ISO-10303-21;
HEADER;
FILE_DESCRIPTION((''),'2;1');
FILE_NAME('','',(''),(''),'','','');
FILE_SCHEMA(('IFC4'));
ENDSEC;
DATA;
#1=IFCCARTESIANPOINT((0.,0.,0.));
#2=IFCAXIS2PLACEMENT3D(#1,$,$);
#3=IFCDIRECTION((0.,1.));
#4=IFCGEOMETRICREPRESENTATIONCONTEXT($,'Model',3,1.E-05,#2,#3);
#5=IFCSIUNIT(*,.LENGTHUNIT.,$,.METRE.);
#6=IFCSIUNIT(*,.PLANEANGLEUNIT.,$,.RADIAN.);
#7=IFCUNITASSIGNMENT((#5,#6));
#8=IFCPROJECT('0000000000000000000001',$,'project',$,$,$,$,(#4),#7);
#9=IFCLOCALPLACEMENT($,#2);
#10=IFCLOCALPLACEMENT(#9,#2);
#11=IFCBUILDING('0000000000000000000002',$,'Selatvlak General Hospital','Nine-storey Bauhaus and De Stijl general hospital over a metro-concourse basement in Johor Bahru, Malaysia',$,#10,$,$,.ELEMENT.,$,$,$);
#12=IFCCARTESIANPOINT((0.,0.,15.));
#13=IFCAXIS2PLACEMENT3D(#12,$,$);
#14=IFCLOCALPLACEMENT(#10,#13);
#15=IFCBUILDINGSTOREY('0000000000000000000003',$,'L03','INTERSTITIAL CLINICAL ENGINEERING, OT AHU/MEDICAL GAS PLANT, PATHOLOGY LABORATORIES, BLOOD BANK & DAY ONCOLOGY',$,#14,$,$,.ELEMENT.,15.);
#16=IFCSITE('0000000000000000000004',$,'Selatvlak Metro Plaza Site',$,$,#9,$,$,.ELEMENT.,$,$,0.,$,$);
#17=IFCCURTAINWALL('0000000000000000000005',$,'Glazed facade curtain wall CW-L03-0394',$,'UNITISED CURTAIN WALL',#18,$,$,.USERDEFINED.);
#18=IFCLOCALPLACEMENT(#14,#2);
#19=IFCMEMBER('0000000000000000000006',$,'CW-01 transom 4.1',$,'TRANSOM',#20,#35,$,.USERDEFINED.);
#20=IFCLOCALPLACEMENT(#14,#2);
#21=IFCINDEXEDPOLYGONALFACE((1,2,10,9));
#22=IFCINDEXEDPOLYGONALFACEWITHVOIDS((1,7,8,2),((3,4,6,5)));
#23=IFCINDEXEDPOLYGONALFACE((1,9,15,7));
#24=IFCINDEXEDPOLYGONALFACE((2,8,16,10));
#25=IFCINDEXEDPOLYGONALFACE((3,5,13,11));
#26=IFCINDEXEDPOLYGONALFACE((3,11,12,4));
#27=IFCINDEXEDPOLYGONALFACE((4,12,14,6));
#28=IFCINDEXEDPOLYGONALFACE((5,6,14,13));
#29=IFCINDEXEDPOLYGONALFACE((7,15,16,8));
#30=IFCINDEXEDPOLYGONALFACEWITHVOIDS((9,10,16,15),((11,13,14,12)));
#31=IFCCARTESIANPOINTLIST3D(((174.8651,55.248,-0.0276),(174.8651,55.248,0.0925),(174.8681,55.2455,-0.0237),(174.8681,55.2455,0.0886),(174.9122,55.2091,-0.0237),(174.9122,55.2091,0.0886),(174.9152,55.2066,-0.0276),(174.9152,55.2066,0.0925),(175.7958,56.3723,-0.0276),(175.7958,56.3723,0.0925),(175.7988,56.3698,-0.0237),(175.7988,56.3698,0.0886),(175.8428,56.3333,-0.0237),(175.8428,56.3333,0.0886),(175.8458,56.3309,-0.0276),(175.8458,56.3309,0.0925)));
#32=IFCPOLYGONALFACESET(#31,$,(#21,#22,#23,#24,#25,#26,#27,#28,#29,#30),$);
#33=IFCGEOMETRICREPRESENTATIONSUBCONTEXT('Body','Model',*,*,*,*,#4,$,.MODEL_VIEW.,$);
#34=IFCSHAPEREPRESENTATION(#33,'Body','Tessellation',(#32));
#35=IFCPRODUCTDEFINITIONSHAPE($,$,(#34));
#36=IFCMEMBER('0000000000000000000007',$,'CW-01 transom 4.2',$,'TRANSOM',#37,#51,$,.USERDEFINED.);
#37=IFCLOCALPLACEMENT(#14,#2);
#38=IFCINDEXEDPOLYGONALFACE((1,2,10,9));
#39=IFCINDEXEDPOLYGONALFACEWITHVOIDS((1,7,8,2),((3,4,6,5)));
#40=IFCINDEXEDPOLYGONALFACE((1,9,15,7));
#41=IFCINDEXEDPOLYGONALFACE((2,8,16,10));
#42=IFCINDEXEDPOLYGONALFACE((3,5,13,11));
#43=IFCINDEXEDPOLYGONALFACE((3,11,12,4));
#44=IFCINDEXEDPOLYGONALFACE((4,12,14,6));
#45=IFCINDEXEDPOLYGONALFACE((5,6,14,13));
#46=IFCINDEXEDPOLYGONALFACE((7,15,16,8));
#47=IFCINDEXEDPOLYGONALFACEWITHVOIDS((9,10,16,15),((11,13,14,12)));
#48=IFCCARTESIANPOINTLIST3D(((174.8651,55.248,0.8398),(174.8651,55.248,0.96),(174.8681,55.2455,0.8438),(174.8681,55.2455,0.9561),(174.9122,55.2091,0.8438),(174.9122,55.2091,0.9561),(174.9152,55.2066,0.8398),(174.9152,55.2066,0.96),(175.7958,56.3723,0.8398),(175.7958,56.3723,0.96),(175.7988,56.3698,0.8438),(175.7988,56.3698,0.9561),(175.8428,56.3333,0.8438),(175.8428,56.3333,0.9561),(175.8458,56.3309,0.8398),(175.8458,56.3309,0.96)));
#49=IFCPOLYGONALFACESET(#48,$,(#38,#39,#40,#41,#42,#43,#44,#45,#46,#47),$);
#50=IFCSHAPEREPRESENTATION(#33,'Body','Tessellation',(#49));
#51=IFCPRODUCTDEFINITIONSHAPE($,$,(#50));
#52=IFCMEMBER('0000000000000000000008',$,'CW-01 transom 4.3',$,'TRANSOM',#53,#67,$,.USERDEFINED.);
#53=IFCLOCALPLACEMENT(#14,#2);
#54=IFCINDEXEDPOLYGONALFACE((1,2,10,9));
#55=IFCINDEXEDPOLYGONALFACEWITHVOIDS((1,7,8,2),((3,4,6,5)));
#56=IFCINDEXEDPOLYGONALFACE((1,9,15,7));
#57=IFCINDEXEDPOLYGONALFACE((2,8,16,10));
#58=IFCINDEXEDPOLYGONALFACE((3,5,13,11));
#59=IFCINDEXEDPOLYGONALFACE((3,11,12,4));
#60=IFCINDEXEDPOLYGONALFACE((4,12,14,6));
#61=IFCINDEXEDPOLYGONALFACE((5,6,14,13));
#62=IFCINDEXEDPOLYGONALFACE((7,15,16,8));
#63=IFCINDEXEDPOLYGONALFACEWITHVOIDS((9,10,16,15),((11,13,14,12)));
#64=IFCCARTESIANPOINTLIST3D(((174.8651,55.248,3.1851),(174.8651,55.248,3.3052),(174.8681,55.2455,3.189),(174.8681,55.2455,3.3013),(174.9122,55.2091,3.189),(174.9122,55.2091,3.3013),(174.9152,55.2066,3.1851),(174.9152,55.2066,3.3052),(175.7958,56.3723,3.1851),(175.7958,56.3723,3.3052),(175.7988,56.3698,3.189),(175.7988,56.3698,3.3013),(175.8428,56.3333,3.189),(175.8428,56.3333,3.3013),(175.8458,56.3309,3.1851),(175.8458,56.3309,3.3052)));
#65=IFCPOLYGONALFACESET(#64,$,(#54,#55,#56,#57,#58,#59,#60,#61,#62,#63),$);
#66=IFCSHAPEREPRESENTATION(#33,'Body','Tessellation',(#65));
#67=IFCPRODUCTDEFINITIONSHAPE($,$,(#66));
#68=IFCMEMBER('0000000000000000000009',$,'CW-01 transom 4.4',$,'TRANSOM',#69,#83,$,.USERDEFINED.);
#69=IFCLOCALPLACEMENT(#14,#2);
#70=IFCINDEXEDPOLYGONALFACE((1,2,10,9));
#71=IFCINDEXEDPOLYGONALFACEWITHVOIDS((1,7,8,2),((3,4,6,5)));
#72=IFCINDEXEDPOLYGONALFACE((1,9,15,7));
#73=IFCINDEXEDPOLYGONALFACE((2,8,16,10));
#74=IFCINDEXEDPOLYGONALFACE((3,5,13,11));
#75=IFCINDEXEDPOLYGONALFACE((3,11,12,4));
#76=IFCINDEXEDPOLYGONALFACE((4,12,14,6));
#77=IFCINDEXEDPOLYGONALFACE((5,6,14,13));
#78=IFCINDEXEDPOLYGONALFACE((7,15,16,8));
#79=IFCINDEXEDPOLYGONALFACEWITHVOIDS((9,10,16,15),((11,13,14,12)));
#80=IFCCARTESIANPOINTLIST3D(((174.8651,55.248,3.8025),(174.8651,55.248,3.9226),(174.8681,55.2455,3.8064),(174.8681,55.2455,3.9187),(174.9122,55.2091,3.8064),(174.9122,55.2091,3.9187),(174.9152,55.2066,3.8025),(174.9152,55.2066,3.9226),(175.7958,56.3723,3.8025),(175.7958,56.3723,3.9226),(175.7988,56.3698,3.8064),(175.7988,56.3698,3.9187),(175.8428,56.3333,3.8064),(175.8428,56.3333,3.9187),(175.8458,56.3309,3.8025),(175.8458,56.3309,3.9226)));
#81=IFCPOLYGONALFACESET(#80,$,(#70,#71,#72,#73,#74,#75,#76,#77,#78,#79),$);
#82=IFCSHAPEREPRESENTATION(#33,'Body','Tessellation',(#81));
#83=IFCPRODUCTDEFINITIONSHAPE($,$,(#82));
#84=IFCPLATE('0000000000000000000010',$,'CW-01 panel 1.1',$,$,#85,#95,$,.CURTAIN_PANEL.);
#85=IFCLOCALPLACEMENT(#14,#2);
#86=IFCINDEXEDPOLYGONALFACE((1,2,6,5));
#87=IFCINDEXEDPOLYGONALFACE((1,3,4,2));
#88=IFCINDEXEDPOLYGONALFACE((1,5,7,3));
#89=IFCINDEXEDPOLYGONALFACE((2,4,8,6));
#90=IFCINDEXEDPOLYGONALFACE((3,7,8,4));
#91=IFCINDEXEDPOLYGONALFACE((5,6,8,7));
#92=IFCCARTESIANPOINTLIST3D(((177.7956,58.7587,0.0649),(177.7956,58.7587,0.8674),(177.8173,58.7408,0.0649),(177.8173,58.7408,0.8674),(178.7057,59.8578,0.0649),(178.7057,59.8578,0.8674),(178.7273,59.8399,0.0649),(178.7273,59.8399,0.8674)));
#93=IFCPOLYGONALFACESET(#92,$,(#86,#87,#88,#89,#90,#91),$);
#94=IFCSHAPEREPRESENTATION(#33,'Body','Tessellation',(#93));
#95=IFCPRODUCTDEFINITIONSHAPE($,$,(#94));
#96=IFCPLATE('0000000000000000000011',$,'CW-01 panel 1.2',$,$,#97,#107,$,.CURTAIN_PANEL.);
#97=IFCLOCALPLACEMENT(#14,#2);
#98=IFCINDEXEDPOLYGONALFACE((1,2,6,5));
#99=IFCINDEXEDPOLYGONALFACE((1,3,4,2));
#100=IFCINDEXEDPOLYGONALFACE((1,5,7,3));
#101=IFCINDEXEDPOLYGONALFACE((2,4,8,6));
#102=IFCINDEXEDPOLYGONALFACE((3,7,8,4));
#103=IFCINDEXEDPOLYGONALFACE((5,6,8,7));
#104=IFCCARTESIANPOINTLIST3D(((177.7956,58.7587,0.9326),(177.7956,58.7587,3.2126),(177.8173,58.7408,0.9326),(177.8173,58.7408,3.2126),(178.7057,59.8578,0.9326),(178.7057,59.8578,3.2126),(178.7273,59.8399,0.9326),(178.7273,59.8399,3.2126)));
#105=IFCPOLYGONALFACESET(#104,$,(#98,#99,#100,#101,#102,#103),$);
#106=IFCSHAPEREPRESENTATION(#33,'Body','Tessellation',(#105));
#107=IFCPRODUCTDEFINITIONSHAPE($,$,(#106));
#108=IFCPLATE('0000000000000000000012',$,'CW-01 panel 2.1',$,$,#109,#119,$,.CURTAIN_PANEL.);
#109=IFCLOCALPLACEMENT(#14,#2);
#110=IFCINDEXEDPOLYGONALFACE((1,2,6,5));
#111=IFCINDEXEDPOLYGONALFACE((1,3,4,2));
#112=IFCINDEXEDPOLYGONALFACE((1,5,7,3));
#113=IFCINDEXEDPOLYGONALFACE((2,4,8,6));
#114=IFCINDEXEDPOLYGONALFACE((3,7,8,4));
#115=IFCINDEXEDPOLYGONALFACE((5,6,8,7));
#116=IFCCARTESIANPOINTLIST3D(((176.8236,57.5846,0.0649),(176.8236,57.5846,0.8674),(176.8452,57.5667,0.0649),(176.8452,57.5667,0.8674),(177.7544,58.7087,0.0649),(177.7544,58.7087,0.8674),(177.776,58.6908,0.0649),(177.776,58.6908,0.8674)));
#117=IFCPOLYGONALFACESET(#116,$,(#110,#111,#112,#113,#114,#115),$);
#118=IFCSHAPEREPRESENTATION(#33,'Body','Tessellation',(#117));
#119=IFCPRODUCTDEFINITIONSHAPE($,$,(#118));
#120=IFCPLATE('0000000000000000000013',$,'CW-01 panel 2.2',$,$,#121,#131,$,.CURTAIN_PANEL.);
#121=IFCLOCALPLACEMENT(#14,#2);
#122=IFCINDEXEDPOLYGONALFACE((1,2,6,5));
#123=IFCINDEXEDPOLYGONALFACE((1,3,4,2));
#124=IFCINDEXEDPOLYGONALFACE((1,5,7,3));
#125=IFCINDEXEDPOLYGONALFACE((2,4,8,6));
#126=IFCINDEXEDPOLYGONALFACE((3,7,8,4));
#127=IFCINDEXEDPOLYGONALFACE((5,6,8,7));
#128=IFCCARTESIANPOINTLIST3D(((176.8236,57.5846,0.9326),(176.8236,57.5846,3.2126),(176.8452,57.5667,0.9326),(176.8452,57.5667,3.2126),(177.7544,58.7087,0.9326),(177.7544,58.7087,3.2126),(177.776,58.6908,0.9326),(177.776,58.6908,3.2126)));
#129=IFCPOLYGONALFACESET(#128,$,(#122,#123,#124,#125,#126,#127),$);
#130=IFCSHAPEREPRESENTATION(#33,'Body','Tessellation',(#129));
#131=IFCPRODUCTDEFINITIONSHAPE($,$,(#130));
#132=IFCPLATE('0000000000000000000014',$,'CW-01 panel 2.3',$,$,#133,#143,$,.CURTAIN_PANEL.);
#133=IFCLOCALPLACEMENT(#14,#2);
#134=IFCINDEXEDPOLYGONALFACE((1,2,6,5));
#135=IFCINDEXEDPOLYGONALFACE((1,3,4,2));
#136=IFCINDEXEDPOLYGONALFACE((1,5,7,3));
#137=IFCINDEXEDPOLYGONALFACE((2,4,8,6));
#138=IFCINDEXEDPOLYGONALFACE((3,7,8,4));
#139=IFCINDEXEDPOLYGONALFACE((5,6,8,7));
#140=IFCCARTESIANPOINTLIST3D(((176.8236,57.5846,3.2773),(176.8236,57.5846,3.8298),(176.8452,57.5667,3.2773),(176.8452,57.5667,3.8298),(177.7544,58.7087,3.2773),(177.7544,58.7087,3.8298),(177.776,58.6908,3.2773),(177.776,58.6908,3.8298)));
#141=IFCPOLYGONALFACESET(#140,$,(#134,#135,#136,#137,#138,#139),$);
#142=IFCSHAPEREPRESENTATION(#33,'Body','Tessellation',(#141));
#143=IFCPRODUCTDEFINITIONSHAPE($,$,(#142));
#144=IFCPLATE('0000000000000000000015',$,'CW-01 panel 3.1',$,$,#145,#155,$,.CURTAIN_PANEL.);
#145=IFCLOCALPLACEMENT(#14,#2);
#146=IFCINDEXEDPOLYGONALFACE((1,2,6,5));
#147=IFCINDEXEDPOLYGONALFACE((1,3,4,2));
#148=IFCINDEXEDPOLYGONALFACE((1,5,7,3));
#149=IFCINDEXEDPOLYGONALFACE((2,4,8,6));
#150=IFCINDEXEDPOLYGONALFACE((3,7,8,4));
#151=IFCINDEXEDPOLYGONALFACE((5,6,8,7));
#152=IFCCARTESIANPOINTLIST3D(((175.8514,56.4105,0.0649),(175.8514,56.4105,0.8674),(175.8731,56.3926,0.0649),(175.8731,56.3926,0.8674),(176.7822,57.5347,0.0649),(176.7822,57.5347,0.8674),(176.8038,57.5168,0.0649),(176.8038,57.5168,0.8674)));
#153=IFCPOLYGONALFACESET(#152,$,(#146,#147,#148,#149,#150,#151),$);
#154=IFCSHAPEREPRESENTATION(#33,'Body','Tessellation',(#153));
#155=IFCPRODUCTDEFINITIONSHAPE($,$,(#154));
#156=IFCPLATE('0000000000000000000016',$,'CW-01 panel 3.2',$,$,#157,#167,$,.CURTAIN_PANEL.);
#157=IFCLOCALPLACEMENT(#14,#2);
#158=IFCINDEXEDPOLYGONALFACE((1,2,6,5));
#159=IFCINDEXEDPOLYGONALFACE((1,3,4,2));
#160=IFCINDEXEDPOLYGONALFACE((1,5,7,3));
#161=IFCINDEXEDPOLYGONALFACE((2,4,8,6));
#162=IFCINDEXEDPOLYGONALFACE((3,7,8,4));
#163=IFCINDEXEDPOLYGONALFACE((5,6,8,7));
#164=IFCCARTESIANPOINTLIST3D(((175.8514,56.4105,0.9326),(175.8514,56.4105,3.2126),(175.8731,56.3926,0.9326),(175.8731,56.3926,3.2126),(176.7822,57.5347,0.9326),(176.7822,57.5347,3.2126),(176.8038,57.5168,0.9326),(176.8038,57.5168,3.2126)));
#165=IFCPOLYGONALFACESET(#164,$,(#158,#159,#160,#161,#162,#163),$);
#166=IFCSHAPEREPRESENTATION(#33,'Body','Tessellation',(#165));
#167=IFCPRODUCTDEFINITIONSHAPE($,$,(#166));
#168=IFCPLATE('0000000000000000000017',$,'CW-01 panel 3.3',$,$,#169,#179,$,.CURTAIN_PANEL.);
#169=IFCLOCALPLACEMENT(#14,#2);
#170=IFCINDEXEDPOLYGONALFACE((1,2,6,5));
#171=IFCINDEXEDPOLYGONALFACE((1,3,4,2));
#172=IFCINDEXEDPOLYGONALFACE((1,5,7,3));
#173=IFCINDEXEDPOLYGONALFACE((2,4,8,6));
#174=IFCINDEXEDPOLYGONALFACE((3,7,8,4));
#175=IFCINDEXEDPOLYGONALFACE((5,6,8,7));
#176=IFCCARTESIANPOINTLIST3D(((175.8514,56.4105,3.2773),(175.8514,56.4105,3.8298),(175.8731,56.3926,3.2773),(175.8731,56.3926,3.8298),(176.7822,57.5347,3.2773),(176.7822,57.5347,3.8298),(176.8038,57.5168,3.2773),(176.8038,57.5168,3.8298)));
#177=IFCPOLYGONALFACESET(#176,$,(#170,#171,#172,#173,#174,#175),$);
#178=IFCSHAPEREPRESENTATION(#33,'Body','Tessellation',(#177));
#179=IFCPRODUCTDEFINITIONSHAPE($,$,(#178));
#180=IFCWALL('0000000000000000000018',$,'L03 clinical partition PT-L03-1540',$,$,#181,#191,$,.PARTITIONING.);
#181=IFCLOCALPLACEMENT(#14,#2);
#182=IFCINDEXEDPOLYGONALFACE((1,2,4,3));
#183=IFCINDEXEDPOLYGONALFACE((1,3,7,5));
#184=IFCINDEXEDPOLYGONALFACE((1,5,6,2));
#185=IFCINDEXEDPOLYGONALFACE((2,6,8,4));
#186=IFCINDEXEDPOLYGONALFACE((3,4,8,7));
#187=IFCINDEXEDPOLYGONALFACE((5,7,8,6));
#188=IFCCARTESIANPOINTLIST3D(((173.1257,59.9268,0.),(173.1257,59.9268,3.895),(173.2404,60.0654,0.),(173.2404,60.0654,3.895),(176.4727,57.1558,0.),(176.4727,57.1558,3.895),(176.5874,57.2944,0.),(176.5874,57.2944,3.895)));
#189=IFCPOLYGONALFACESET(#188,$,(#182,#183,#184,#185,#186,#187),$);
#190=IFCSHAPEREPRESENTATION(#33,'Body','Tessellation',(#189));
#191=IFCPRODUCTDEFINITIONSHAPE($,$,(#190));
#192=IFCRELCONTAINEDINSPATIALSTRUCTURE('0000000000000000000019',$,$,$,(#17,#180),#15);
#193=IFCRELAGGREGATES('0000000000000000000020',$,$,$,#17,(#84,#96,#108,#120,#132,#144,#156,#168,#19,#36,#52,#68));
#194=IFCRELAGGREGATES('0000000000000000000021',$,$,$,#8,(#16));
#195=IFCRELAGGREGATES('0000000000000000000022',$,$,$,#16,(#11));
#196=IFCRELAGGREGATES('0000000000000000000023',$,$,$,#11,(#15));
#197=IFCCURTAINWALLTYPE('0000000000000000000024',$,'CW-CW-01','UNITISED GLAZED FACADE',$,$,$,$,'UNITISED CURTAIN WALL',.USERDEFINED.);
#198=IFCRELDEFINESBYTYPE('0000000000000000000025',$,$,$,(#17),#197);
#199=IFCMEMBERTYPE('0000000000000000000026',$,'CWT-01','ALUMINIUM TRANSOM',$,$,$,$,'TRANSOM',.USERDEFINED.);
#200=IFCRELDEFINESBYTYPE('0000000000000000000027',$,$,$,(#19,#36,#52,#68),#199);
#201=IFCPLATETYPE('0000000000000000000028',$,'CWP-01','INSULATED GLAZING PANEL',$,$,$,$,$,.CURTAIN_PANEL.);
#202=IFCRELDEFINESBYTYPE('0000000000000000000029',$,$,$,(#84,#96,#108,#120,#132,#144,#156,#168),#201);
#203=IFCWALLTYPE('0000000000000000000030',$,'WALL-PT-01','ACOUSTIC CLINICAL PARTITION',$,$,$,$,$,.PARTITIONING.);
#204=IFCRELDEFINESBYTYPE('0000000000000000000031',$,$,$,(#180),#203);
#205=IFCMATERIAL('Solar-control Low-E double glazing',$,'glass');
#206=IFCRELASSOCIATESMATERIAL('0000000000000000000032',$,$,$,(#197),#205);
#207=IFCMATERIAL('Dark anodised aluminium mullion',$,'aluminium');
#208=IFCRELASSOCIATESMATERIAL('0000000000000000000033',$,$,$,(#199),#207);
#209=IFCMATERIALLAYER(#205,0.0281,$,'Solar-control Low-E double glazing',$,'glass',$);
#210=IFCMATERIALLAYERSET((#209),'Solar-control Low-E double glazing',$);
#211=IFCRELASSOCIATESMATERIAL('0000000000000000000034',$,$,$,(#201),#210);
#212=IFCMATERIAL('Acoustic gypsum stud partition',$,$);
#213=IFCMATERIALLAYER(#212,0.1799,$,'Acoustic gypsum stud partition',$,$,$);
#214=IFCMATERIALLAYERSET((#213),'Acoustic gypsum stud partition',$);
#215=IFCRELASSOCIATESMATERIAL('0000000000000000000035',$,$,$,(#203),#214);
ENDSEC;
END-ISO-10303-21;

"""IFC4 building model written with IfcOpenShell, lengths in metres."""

from ifc_helpers import new_model, si_unit, direction, frame, frame_2d, origin, origin_2d, place, context, subcontext, project, spatial, rectangle, hollow_rectangle, extrude, material, layer, layer_set, material_profile, profile_set, type_object, element, aggregate, save


model = new_model("IFC4")

# Units and contexts
model_context = context("Model", 3, precision=1e-05, world=origin(), true_north=direction((0.0, 1.0)))
body_context = subcontext(model_context, "Body", "Model", "MODEL_VIEW")
ifc_project = project(units=[si_unit("LENGTHUNIT", "METRE"), si_unit("PLANEANGLEUNIT", "RADIAN")], contexts=[model_context])

# Site, building, storey
site_placement = place(None, origin())
site = spatial("IfcSite", under=ifc_project, at=site_placement, Name="Selatvlak Metro Plaza Site", CompositionType="ELEMENT", RefElevation=0.0)
building_placement = place(site_placement, origin())
building = spatial("IfcBuilding", under=site, at=building_placement, Name="Selatvlak General Hospital", Description="Nine-storey Bauhaus and De Stijl general hospital over a metro-concourse basement in Johor Bahru, Malaysia", CompositionType="ELEMENT")
storey_placement = place(building_placement, frame((0.0, 0.0, 15.0)))
storey = spatial("IfcBuildingStorey", under=building, at=storey_placement, Name="L03", Description="INTERSTITIAL CLINICAL ENGINEERING, OT AHU/MEDICAL GAS PLANT, PATHOLOGY LABORATORIES, BLOOD BANK & DAY ONCOLOGY", CompositionType="ELEMENT", Elevation=15.0)

# Curtain wall, members, plates
ifc_material_1 = material(Name="Solar-control Low-E double glazing", Category="glass")
curtain_wall_type = type_object("IfcCurtainWallType", Name="CW-CW-01", Description="UNITISED GLAZED FACADE", ElementType="UNITISED CURTAIN WALL", PredefinedType="USERDEFINED", material=ifc_material_1)
curtain_wall_placement = place(storey_placement, origin())
curtain_wall = element("IfcCurtainWall", 1, at=curtain_wall_placement, inside=storey, type_object=curtain_wall_type, Name="Glazed facade curtain wall CW-L03-0394", ObjectType="UNITISED CURTAIN WALL", PredefinedType="USERDEFINED")
ifc_material_2 = material(Name="Dark anodised aluminium mullion", Category="aluminium")
ifc_material_profile_1 = material_profile(ifc_material_2, hollow_rectangle(XDim=0.0649, YDim=0.1201, WallThickness=0.0039, at=origin_2d()), Name="AL-TRN 65x120x4")
ifc_profile_set_1 = profile_set([ifc_material_profile_1], Name="Dark anodised aluminium mullion")
member_type_1 = type_object("IfcMemberType", Name="CWT-01", Description="ALUMINIUM TRANSOM", ElementType="TRANSOM", PredefinedType="USERDEFINED", material=ifc_profile_set_1)
member_1_placement = place(storey_placement, frame((175.8208, 56.3516, 0.0325), z_axis=(-0.637664, -0.770315, 0.0), x_axis=(0.770315, -0.637664, 0.0)))
member_1 = element("IfcMember", 2, at=member_1_placement, type_object=member_type_1, Name="CW-01 transom 4.1", ObjectType="TRANSOM", PredefinedType="USERDEFINED", context=body_context, shape_type="SweptSolid", body=[
    extrude(hollow_rectangle(XDim=0.0649, YDim=0.1201, WallThickness=0.0039, at=origin_2d()), origin(), (0.0, 0.0, 1.0), 1.4595),
])
member_2_placement = place(storey_placement, frame((175.8208, 56.3516, 0.8999), z_axis=(-0.637664, -0.770315, 0.0), x_axis=(0.770315, -0.637664, 0.0)))
member_2 = element("IfcMember", 3, at=member_2_placement, type_object=member_type_1, Name="CW-01 transom 4.2", ObjectType="TRANSOM", PredefinedType="USERDEFINED", context=body_context, shape_type="SweptSolid", body=[
    extrude(hollow_rectangle(XDim=0.0649, YDim=0.1201, WallThickness=0.0039, at=origin_2d()), origin(), (0.0, 0.0, 1.0), 1.4595),
])
member_3_placement = place(storey_placement, frame((175.8208, 56.3516, 3.2451), z_axis=(-0.637664, -0.770315, 0.0), x_axis=(0.770315, -0.637664, 0.0)))
member_3 = element("IfcMember", 4, at=member_3_placement, type_object=member_type_1, Name="CW-01 transom 4.3", ObjectType="TRANSOM", PredefinedType="USERDEFINED", context=body_context, shape_type="SweptSolid", body=[
    extrude(hollow_rectangle(XDim=0.0649, YDim=0.1201, WallThickness=0.0039, at=origin_2d()), origin(), (0.0, 0.0, 1.0), 1.4595),
])
member_4_placement = place(storey_placement, frame((175.8208, 56.3516, 3.8625), z_axis=(-0.637664, -0.770315, 0.0), x_axis=(0.770315, -0.637664, 0.0)))
member_4 = element("IfcMember", 5, at=member_4_placement, type_object=member_type_1, Name="CW-01 transom 4.4", ObjectType="TRANSOM", PredefinedType="USERDEFINED", context=body_context, shape_type="SweptSolid", body=[
    extrude(hollow_rectangle(XDim=0.0649, YDim=0.1201, WallThickness=0.0039, at=origin_2d()), origin(), (0.0, 0.0, 1.0), 1.4595),
])
ifc_layer_1 = layer(ifc_material_1, 0.0281, Name="Solar-control Low-E double glazing", Category="glass")
ifc_layer_set_1 = layer_set([ifc_layer_1], Name="Solar-control Low-E double glazing")
plate_type = type_object("IfcPlateType", Name="CWP-01", Description="INSULATED GLAZING PANEL", PredefinedType="CURTAIN_PANEL", material=ifc_layer_set_1)
plate_1_placement = place(storey_placement, frame((178.2615, 59.2993, 0.0649), z_axis=(0.0, 0.0, 1.0), x_axis=(-0.63774, -0.770252, 0.0)))
plate_1 = element("IfcPlate", 6, at=plate_1_placement, type_object=plate_type, Name="CW-01 panel 1.1", PredefinedType="CURTAIN_PANEL", context=body_context, shape_type="SweptSolid", body=[
    extrude(rectangle(XDim=1.427, YDim=0.0281, at=origin_2d()), origin(), (0.0, 0.0, 1.0), 0.8025),
])
plate_2_placement = place(storey_placement, frame((178.2615, 59.2993, 0.9326), z_axis=(0.0, 0.0, 1.0), x_axis=(-0.63774, -0.770252, 0.0)))
plate_2 = element("IfcPlate", 7, at=plate_2_placement, type_object=plate_type, Name="CW-01 panel 1.2", PredefinedType="CURTAIN_PANEL", context=body_context, shape_type="SweptSolid", body=[
    extrude(rectangle(XDim=1.427, YDim=0.0281, at=origin_2d()), origin(), (0.0, 0.0, 1.0), 2.28),
])
plate_3_placement = place(storey_placement, frame((177.2998, 58.1377, 0.0649), z_axis=(0.0, 0.0, 1.0), x_axis=(-0.63774, -0.770252, 0.0)))
plate_3 = element("IfcPlate", 8, at=plate_3_placement, type_object=plate_type, Name="CW-01 panel 2.1", PredefinedType="CURTAIN_PANEL", context=body_context, shape_type="SweptSolid", body=[
    extrude(rectangle(XDim=1.4595, YDim=0.0281, at=origin_2d()), origin(), (0.0, 0.0, 1.0), 0.8025),
])
plate_4_placement = place(storey_placement, frame((177.2998, 58.1377, 0.9326), z_axis=(0.0, 0.0, 1.0), x_axis=(-0.63774, -0.770252, 0.0)))
plate_4 = element("IfcPlate", 9, at=plate_4_placement, type_object=plate_type, Name="CW-01 panel 2.2", PredefinedType="CURTAIN_PANEL", context=body_context, shape_type="SweptSolid", body=[
    extrude(rectangle(XDim=1.4595, YDim=0.0281, at=origin_2d()), origin(), (0.0, 0.0, 1.0), 2.28),
])
plate_5_placement = place(storey_placement, frame((177.2998, 58.1377, 3.2773), z_axis=(0.0, 0.0, 1.0), x_axis=(-0.63774, -0.770252, 0.0)))
plate_5 = element("IfcPlate", 10, at=plate_5_placement, type_object=plate_type, Name="CW-01 panel 2.3", PredefinedType="CURTAIN_PANEL", context=body_context, shape_type="SweptSolid", body=[
    extrude(rectangle(XDim=1.4595, YDim=0.0281, at=origin_2d()), origin(), (0.0, 0.0, 1.0), 0.5525),
])
plate_6_placement = place(storey_placement, frame((176.3276, 56.9636, 0.0649), z_axis=(0.0, 0.0, 1.0), x_axis=(-0.63774, -0.770252, 0.0)))
plate_6 = element("IfcPlate", 11, at=plate_6_placement, type_object=plate_type, Name="CW-01 panel 3.1", PredefinedType="CURTAIN_PANEL", context=body_context, shape_type="SweptSolid", body=[
    extrude(rectangle(XDim=1.4595, YDim=0.0281, at=origin_2d()), origin(), (0.0, 0.0, 1.0), 0.8025),
])
plate_7_placement = place(storey_placement, frame((176.3276, 56.9636, 0.9326), z_axis=(0.0, 0.0, 1.0), x_axis=(-0.63774, -0.770252, 0.0)))
plate_7 = element("IfcPlate", 12, at=plate_7_placement, type_object=plate_type, Name="CW-01 panel 3.2", PredefinedType="CURTAIN_PANEL", context=body_context, shape_type="SweptSolid", body=[
    extrude(rectangle(XDim=1.4595, YDim=0.0281, at=origin_2d()), origin(), (0.0, 0.0, 1.0), 2.28),
])
plate_8_placement = place(storey_placement, frame((176.3276, 56.9636, 3.2773), z_axis=(0.0, 0.0, 1.0), x_axis=(-0.63774, -0.770252, 0.0)))
plate_8 = element("IfcPlate", 13, at=plate_8_placement, type_object=plate_type, Name="CW-01 panel 3.3", PredefinedType="CURTAIN_PANEL", context=body_context, shape_type="SweptSolid", body=[
    extrude(rectangle(XDim=1.4595, YDim=0.0281, at=origin_2d()), origin(), (0.0, 0.0, 1.0), 0.5525),
])
aggregate(curtain_wall, [plate_1, plate_2, plate_3, plate_4, plate_5, plate_6, plate_7, plate_8, member_1, member_2, member_3, member_4])

# Wall
ifc_material_3 = material(Name="Acoustic gypsum stud partition")
ifc_layer_2 = layer(ifc_material_3, 0.1799, Name="Acoustic gypsum stud partition")
ifc_layer_set_2 = layer_set([ifc_layer_2], Name="Acoustic gypsum stud partition")
wall_type_1 = type_object("IfcWallType", Name="WALL-PT-01", Description="ACOUSTIC CLINICAL PARTITION", PredefinedType="PARTITIONING", material=ifc_layer_set_2)
wall_1_placement = place(storey_placement, frame((176.53, 57.2251, 0.0), z_axis=(0.0, 0.0, 1.0), x_axis=(-0.770267, 0.637722, 0.0)))
element("IfcWall", 14, at=wall_1_placement, inside=storey, type_object=wall_type_1, Name="L03 clinical partition PT-L03-1540", PredefinedType="PARTITIONING", context=body_context, shape_type="SweptSolid", body=[
    extrude(rectangle(XDim=4.3452, YDim=0.1799, at=frame_2d((2.1726, 0.0))), origin(), (0.0, 0.0, 1.0), 3.895),
])

save(model, "model.ifc")
